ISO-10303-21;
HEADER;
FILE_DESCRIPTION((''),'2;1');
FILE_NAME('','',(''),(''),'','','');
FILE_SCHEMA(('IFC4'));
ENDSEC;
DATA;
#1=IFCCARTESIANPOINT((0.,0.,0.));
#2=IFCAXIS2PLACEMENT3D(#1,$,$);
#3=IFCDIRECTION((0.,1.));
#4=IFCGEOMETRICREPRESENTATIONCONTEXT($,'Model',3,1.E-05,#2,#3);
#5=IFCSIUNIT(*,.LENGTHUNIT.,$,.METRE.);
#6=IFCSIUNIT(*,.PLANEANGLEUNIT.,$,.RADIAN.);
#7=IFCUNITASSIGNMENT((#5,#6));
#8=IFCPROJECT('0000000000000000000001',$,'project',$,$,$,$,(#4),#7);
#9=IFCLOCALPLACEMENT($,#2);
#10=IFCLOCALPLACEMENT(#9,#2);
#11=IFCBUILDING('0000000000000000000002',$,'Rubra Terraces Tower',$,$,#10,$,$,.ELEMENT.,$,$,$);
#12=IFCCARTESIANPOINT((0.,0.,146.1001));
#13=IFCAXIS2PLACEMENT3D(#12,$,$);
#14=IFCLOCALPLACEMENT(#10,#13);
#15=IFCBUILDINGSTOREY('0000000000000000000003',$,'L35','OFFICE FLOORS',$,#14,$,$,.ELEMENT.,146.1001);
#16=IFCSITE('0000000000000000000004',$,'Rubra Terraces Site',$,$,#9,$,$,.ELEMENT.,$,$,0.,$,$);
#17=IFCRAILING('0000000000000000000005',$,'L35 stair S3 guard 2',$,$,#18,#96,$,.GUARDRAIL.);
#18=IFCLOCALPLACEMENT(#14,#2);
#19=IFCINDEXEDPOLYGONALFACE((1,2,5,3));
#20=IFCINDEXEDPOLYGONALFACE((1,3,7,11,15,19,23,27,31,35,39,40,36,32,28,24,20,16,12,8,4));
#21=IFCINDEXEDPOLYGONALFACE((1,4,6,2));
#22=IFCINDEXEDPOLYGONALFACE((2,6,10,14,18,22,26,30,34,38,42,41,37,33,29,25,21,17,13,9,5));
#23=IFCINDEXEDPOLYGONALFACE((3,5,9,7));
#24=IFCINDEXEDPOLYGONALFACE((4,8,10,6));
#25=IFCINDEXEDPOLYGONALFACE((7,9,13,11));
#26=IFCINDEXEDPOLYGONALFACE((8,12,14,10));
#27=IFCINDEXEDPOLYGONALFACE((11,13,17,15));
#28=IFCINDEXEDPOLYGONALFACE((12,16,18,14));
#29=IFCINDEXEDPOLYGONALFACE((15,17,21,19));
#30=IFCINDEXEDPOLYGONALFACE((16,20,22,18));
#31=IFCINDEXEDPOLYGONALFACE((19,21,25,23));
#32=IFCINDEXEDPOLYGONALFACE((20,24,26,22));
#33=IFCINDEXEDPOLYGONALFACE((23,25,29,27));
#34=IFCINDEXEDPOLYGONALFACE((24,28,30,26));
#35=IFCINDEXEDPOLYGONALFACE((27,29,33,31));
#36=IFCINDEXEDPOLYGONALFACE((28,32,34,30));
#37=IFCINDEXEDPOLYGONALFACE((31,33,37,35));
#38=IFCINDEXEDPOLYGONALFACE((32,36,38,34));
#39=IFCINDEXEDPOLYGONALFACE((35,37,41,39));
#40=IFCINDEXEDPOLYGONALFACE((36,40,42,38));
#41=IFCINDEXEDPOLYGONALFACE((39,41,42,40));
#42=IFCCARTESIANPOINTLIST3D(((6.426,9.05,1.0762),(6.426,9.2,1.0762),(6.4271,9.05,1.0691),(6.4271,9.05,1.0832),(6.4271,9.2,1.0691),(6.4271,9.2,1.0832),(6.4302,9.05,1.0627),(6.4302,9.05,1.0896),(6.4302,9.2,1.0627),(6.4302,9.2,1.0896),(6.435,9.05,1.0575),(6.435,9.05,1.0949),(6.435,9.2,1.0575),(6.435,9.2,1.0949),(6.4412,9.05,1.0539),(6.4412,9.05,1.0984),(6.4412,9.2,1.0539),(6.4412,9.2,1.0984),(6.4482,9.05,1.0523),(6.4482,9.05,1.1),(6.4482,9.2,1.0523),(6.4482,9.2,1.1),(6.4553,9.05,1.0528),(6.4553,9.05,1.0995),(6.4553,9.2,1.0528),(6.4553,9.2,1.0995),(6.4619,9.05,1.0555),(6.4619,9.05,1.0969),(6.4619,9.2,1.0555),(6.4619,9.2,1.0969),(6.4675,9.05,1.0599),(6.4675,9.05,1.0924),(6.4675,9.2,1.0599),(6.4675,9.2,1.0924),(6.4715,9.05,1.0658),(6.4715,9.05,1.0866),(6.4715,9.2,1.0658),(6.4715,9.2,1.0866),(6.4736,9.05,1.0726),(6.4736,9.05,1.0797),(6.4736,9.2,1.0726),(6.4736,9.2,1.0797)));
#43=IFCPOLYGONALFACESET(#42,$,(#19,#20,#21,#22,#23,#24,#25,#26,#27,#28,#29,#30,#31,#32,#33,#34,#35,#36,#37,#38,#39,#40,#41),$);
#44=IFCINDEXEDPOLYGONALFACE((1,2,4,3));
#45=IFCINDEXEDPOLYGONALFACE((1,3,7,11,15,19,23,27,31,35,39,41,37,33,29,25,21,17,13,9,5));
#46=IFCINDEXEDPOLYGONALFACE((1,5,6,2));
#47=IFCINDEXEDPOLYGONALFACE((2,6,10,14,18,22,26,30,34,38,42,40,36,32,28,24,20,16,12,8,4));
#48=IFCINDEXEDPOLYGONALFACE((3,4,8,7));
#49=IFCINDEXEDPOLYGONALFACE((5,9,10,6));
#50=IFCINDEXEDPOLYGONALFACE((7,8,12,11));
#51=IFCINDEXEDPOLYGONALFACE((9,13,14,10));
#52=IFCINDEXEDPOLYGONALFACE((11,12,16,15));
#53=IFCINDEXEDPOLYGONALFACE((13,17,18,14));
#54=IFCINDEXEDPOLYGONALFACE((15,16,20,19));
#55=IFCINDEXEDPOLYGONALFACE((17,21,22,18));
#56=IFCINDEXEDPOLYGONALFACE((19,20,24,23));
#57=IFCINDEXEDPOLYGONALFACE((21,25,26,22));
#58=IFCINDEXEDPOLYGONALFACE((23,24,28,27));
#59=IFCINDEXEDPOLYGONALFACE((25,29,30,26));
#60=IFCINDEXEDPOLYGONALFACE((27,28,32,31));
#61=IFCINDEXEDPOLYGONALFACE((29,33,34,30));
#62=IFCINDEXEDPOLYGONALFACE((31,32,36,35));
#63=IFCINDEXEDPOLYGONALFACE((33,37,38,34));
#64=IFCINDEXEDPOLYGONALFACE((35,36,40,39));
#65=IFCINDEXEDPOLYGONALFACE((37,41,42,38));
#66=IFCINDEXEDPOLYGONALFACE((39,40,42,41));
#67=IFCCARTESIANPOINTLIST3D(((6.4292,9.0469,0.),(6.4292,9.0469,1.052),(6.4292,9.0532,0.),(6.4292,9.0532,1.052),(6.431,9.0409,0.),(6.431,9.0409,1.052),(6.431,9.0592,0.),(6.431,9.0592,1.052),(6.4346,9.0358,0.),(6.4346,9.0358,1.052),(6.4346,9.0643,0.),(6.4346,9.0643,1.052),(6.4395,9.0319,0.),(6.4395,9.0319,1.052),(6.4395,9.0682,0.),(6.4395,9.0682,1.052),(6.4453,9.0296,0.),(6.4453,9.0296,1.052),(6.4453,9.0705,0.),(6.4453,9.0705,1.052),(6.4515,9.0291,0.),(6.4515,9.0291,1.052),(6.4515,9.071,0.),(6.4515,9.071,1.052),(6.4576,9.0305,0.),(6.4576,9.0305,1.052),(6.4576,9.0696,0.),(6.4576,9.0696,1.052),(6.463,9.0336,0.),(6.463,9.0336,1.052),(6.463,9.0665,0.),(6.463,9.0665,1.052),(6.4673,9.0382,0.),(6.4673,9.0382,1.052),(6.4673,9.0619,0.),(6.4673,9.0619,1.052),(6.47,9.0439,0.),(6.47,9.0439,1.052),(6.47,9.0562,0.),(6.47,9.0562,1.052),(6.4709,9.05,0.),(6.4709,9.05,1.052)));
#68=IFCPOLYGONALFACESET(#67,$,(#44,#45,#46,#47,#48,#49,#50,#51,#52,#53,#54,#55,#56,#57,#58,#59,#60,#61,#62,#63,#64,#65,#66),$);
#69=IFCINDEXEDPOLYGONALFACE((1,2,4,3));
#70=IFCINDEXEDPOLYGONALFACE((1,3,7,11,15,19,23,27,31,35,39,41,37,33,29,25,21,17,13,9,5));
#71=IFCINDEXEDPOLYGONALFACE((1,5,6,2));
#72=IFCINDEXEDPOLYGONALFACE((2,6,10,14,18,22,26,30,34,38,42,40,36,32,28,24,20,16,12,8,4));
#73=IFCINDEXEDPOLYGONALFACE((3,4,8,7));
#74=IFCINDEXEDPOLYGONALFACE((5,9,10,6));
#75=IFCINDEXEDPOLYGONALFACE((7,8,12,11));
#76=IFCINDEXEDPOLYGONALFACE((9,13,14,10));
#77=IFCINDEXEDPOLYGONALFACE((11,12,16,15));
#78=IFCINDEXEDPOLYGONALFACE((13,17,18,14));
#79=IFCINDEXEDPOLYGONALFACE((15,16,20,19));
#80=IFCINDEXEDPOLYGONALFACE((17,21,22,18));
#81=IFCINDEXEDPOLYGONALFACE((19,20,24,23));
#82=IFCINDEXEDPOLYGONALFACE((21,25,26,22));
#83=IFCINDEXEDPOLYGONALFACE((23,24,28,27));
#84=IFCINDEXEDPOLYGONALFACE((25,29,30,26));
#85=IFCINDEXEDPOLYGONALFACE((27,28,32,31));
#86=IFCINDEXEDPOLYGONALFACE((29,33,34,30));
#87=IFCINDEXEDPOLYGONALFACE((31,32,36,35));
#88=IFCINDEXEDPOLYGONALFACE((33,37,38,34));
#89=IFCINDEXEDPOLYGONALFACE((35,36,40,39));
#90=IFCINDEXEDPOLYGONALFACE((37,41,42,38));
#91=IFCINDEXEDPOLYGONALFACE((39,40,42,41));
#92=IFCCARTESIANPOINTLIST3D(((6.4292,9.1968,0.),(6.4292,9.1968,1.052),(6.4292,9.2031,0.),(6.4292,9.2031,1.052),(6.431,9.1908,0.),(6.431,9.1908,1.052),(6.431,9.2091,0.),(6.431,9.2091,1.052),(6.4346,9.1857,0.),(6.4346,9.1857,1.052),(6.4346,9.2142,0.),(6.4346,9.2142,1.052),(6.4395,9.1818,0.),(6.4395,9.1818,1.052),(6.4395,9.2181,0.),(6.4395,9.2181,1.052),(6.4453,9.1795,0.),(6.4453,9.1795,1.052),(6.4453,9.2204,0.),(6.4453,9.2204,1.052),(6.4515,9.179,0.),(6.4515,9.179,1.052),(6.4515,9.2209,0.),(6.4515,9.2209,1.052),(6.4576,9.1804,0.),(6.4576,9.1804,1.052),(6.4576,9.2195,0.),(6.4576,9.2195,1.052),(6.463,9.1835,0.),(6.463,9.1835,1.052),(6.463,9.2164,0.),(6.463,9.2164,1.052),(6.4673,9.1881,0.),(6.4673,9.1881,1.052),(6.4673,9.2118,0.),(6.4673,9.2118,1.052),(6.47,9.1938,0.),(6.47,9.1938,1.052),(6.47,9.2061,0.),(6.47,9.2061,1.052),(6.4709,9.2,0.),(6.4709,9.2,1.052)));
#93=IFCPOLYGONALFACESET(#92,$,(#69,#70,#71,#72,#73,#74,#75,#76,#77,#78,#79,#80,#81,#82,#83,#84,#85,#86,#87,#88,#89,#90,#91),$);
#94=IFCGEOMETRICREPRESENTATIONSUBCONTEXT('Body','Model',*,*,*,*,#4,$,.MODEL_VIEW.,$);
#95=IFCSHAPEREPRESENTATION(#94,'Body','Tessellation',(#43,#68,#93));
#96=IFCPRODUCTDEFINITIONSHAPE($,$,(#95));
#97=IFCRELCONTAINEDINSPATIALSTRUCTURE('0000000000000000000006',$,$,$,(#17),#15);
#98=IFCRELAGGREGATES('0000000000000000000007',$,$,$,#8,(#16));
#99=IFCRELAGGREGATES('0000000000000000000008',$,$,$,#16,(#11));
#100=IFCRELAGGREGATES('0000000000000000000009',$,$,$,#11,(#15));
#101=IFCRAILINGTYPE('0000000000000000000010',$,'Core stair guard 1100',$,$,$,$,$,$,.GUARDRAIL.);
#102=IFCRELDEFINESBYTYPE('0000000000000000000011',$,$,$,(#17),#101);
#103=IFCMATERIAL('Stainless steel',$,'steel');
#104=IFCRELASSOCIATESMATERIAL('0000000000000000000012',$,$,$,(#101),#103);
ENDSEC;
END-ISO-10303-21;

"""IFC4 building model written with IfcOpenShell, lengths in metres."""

from ifc_helpers import new_model, si_unit, direction, frame, origin, origin_2d, place, context, subcontext, project, spatial, circle, extrude, material, type_object, element, save


model = new_model("IFC4")

# Units and contexts
model_context = context("Model", 3, precision=1e-05, world=origin(), true_north=direction((0.0, 1.0)))
body_context = subcontext(model_context, "Body", "Model", "MODEL_VIEW")
ifc_project = project(units=[si_unit("LENGTHUNIT", "METRE"), si_unit("PLANEANGLEUNIT", "RADIAN")], contexts=[model_context])

# Site, building, storey
site_placement = place(None, origin())
site = spatial("IfcSite", under=ifc_project, at=site_placement, Name="Rubra Terraces Site", CompositionType="ELEMENT", RefElevation=0.0)
building_placement = place(site_placement, origin())
building = spatial("IfcBuilding", under=site, at=building_placement, Name="Rubra Terraces Tower", CompositionType="ELEMENT")
storey_placement = place(building_placement, frame((0.0, 0.0, 146.1001)))
storey = spatial("IfcBuildingStorey", under=building, at=storey_placement, Name="L35", Description="OFFICE FLOORS", CompositionType="ELEMENT", Elevation=146.1001)

# Railing
ifc_material_1 = material(Name="Stainless steel", Category="steel")
railing_type_1 = type_object("IfcRailingType", Name="Core stair guard 1100", PredefinedType="GUARDRAIL", material=ifc_material_1)
railing_1_placement = place(storey_placement, frame((6.45, 9.05, 0.0)))
element("IfcRailing", 1, at=railing_1_placement, inside=storey, type_object=railing_type_1, Name="L35 stair S3 guard 2", PredefinedType="GUARDRAIL", context=body_context, shape_type="SweptSolid", body=[
    extrude(circle(Radius=0.0239, at=origin_2d()), frame((0.0, 0.0, 1.0762), z_axis=(0.0, 1.0, 0.0), x_axis=(-1.0, 0.0, 0.0)), (0.0, 0.0, 1.0), 0.1499),
    extrude(circle(Radius=0.021, at=origin_2d()), origin(), (0.0, 0.0, 1.0), 1.052),
    extrude(circle(Radius=0.021, at=origin_2d()), frame((0.0, 0.1499, 0.0)), (0.0, 0.0, 1.0), 1.052),
])

save(model, "model.ifc")
